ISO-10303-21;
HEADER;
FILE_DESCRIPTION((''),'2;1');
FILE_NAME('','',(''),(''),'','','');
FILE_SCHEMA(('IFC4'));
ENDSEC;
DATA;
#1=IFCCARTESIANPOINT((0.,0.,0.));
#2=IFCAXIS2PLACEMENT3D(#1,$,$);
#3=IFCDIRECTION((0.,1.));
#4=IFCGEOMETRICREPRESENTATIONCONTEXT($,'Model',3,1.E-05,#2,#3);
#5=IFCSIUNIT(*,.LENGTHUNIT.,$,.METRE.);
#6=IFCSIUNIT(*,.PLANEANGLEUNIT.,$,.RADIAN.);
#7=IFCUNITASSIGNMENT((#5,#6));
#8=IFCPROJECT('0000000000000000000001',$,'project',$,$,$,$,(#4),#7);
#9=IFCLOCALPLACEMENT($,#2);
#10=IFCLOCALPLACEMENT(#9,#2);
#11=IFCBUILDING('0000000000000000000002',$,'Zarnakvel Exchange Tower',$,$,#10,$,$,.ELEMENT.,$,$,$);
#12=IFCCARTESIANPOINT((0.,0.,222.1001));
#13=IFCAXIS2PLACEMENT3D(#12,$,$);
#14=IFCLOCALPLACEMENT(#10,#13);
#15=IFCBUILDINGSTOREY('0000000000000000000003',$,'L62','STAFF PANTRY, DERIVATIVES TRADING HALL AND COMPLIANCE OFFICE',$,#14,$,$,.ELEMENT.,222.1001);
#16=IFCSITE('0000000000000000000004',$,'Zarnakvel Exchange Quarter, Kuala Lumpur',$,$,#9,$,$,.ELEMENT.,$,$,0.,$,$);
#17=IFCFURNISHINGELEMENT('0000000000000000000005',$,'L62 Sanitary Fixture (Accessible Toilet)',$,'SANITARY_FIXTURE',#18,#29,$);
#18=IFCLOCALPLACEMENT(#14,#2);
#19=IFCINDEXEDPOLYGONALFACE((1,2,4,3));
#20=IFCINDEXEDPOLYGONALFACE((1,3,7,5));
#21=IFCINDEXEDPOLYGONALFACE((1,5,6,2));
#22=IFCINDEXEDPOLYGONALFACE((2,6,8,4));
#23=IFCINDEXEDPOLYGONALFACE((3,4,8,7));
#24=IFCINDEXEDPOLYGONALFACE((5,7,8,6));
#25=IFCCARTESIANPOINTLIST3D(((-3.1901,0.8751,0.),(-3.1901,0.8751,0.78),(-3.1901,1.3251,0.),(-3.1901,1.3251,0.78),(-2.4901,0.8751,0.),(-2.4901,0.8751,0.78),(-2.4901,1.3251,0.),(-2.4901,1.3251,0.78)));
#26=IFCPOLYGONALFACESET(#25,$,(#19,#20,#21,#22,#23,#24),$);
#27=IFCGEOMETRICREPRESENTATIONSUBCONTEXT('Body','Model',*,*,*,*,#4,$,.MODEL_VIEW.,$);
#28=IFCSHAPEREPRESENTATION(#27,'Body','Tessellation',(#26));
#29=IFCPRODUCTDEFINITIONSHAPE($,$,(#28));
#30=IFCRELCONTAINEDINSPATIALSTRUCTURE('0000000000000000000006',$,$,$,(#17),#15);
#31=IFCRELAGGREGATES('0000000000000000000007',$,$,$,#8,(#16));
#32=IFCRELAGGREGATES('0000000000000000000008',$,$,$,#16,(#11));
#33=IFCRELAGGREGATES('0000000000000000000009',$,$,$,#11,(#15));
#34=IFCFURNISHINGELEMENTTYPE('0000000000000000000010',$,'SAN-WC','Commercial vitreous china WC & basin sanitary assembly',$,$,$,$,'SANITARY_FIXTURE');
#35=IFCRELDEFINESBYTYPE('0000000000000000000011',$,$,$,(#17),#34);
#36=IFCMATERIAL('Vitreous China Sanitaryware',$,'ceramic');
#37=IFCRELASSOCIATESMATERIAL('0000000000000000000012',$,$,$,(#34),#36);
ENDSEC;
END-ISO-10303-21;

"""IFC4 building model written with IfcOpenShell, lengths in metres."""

from ifc_helpers import new_model, si_unit, direction, frame, origin, origin_2d, place, context, subcontext, project, spatial, rectangle, extrude, source, transform, mapped, material, type_object, element, save


model = new_model("IFC4")

# Units and contexts
model_context = context("Model", 3, precision=1e-05, world=origin(), true_north=direction((0.0, 1.0)))
body_context = subcontext(model_context, "Body", "Model", "MODEL_VIEW")
ifc_project = project(units=[si_unit("LENGTHUNIT", "METRE"), si_unit("PLANEANGLEUNIT", "RADIAN")], contexts=[model_context])

# Site, building, storey
site_placement = place(None, origin())
site = spatial("IfcSite", under=ifc_project, at=site_placement, Name="Zarnakvel Exchange Quarter, Kuala Lumpur", CompositionType="ELEMENT", RefElevation=0.0)
building_placement = place(site_placement, origin())
building = spatial("IfcBuilding", under=site, at=building_placement, Name="Zarnakvel Exchange Tower", CompositionType="ELEMENT")
storey_placement = place(building_placement, frame((0.0, 0.0, 222.1001)))
storey = spatial("IfcBuildingStorey", under=building, at=storey_placement, Name="L62", Description="STAFF PANTRY, DERIVATIVES TRADING HALL AND COMPLIANCE OFFICE", CompositionType="ELEMENT", Elevation=222.1001)

# Furnishing element
ifc_material_1 = material(Name="Vitreous China Sanitaryware", Category="ceramic")
furnishing_element_type = type_object("IfcFurnishingElementType", Name="SAN-WC", Description="Commercial vitreous china WC & basin sanitary assembly", ElementType="SANITARY_FIXTURE", material=ifc_material_1)
shared_shape_1 = source(origin(), body_context, "Body", "SweptSolid", [
    extrude(rectangle(XDim=0.7, YDim=0.45, at=origin_2d()), origin(), (0.0, 0.0, 1.0), 0.78),
])
furnishing_placement = place(storey_placement, frame((-2.8401, 1.1001, 0.0), z_axis=(0.0, 0.0, 1.0), x_axis=(1.0, 0.0, 0.0)))
element("IfcFurnishingElement", 1, at=furnishing_placement, inside=storey, type_object=furnishing_element_type, Name="L62 Sanitary Fixture (Accessible Toilet)", ObjectType="SANITARY_FIXTURE", context=body_context, shape_type="MappedRepresentation", body=[
    mapped(shared_shape_1, transform((0.0, 0.0, 0.0), x_axis=(1.0, 0.0, 0.0), y_axis=(0.0, 1.0, 0.0), z_axis=(0.0, 0.0, 1.0), scale=1.0)),
])

save(model, "model.ifc")
